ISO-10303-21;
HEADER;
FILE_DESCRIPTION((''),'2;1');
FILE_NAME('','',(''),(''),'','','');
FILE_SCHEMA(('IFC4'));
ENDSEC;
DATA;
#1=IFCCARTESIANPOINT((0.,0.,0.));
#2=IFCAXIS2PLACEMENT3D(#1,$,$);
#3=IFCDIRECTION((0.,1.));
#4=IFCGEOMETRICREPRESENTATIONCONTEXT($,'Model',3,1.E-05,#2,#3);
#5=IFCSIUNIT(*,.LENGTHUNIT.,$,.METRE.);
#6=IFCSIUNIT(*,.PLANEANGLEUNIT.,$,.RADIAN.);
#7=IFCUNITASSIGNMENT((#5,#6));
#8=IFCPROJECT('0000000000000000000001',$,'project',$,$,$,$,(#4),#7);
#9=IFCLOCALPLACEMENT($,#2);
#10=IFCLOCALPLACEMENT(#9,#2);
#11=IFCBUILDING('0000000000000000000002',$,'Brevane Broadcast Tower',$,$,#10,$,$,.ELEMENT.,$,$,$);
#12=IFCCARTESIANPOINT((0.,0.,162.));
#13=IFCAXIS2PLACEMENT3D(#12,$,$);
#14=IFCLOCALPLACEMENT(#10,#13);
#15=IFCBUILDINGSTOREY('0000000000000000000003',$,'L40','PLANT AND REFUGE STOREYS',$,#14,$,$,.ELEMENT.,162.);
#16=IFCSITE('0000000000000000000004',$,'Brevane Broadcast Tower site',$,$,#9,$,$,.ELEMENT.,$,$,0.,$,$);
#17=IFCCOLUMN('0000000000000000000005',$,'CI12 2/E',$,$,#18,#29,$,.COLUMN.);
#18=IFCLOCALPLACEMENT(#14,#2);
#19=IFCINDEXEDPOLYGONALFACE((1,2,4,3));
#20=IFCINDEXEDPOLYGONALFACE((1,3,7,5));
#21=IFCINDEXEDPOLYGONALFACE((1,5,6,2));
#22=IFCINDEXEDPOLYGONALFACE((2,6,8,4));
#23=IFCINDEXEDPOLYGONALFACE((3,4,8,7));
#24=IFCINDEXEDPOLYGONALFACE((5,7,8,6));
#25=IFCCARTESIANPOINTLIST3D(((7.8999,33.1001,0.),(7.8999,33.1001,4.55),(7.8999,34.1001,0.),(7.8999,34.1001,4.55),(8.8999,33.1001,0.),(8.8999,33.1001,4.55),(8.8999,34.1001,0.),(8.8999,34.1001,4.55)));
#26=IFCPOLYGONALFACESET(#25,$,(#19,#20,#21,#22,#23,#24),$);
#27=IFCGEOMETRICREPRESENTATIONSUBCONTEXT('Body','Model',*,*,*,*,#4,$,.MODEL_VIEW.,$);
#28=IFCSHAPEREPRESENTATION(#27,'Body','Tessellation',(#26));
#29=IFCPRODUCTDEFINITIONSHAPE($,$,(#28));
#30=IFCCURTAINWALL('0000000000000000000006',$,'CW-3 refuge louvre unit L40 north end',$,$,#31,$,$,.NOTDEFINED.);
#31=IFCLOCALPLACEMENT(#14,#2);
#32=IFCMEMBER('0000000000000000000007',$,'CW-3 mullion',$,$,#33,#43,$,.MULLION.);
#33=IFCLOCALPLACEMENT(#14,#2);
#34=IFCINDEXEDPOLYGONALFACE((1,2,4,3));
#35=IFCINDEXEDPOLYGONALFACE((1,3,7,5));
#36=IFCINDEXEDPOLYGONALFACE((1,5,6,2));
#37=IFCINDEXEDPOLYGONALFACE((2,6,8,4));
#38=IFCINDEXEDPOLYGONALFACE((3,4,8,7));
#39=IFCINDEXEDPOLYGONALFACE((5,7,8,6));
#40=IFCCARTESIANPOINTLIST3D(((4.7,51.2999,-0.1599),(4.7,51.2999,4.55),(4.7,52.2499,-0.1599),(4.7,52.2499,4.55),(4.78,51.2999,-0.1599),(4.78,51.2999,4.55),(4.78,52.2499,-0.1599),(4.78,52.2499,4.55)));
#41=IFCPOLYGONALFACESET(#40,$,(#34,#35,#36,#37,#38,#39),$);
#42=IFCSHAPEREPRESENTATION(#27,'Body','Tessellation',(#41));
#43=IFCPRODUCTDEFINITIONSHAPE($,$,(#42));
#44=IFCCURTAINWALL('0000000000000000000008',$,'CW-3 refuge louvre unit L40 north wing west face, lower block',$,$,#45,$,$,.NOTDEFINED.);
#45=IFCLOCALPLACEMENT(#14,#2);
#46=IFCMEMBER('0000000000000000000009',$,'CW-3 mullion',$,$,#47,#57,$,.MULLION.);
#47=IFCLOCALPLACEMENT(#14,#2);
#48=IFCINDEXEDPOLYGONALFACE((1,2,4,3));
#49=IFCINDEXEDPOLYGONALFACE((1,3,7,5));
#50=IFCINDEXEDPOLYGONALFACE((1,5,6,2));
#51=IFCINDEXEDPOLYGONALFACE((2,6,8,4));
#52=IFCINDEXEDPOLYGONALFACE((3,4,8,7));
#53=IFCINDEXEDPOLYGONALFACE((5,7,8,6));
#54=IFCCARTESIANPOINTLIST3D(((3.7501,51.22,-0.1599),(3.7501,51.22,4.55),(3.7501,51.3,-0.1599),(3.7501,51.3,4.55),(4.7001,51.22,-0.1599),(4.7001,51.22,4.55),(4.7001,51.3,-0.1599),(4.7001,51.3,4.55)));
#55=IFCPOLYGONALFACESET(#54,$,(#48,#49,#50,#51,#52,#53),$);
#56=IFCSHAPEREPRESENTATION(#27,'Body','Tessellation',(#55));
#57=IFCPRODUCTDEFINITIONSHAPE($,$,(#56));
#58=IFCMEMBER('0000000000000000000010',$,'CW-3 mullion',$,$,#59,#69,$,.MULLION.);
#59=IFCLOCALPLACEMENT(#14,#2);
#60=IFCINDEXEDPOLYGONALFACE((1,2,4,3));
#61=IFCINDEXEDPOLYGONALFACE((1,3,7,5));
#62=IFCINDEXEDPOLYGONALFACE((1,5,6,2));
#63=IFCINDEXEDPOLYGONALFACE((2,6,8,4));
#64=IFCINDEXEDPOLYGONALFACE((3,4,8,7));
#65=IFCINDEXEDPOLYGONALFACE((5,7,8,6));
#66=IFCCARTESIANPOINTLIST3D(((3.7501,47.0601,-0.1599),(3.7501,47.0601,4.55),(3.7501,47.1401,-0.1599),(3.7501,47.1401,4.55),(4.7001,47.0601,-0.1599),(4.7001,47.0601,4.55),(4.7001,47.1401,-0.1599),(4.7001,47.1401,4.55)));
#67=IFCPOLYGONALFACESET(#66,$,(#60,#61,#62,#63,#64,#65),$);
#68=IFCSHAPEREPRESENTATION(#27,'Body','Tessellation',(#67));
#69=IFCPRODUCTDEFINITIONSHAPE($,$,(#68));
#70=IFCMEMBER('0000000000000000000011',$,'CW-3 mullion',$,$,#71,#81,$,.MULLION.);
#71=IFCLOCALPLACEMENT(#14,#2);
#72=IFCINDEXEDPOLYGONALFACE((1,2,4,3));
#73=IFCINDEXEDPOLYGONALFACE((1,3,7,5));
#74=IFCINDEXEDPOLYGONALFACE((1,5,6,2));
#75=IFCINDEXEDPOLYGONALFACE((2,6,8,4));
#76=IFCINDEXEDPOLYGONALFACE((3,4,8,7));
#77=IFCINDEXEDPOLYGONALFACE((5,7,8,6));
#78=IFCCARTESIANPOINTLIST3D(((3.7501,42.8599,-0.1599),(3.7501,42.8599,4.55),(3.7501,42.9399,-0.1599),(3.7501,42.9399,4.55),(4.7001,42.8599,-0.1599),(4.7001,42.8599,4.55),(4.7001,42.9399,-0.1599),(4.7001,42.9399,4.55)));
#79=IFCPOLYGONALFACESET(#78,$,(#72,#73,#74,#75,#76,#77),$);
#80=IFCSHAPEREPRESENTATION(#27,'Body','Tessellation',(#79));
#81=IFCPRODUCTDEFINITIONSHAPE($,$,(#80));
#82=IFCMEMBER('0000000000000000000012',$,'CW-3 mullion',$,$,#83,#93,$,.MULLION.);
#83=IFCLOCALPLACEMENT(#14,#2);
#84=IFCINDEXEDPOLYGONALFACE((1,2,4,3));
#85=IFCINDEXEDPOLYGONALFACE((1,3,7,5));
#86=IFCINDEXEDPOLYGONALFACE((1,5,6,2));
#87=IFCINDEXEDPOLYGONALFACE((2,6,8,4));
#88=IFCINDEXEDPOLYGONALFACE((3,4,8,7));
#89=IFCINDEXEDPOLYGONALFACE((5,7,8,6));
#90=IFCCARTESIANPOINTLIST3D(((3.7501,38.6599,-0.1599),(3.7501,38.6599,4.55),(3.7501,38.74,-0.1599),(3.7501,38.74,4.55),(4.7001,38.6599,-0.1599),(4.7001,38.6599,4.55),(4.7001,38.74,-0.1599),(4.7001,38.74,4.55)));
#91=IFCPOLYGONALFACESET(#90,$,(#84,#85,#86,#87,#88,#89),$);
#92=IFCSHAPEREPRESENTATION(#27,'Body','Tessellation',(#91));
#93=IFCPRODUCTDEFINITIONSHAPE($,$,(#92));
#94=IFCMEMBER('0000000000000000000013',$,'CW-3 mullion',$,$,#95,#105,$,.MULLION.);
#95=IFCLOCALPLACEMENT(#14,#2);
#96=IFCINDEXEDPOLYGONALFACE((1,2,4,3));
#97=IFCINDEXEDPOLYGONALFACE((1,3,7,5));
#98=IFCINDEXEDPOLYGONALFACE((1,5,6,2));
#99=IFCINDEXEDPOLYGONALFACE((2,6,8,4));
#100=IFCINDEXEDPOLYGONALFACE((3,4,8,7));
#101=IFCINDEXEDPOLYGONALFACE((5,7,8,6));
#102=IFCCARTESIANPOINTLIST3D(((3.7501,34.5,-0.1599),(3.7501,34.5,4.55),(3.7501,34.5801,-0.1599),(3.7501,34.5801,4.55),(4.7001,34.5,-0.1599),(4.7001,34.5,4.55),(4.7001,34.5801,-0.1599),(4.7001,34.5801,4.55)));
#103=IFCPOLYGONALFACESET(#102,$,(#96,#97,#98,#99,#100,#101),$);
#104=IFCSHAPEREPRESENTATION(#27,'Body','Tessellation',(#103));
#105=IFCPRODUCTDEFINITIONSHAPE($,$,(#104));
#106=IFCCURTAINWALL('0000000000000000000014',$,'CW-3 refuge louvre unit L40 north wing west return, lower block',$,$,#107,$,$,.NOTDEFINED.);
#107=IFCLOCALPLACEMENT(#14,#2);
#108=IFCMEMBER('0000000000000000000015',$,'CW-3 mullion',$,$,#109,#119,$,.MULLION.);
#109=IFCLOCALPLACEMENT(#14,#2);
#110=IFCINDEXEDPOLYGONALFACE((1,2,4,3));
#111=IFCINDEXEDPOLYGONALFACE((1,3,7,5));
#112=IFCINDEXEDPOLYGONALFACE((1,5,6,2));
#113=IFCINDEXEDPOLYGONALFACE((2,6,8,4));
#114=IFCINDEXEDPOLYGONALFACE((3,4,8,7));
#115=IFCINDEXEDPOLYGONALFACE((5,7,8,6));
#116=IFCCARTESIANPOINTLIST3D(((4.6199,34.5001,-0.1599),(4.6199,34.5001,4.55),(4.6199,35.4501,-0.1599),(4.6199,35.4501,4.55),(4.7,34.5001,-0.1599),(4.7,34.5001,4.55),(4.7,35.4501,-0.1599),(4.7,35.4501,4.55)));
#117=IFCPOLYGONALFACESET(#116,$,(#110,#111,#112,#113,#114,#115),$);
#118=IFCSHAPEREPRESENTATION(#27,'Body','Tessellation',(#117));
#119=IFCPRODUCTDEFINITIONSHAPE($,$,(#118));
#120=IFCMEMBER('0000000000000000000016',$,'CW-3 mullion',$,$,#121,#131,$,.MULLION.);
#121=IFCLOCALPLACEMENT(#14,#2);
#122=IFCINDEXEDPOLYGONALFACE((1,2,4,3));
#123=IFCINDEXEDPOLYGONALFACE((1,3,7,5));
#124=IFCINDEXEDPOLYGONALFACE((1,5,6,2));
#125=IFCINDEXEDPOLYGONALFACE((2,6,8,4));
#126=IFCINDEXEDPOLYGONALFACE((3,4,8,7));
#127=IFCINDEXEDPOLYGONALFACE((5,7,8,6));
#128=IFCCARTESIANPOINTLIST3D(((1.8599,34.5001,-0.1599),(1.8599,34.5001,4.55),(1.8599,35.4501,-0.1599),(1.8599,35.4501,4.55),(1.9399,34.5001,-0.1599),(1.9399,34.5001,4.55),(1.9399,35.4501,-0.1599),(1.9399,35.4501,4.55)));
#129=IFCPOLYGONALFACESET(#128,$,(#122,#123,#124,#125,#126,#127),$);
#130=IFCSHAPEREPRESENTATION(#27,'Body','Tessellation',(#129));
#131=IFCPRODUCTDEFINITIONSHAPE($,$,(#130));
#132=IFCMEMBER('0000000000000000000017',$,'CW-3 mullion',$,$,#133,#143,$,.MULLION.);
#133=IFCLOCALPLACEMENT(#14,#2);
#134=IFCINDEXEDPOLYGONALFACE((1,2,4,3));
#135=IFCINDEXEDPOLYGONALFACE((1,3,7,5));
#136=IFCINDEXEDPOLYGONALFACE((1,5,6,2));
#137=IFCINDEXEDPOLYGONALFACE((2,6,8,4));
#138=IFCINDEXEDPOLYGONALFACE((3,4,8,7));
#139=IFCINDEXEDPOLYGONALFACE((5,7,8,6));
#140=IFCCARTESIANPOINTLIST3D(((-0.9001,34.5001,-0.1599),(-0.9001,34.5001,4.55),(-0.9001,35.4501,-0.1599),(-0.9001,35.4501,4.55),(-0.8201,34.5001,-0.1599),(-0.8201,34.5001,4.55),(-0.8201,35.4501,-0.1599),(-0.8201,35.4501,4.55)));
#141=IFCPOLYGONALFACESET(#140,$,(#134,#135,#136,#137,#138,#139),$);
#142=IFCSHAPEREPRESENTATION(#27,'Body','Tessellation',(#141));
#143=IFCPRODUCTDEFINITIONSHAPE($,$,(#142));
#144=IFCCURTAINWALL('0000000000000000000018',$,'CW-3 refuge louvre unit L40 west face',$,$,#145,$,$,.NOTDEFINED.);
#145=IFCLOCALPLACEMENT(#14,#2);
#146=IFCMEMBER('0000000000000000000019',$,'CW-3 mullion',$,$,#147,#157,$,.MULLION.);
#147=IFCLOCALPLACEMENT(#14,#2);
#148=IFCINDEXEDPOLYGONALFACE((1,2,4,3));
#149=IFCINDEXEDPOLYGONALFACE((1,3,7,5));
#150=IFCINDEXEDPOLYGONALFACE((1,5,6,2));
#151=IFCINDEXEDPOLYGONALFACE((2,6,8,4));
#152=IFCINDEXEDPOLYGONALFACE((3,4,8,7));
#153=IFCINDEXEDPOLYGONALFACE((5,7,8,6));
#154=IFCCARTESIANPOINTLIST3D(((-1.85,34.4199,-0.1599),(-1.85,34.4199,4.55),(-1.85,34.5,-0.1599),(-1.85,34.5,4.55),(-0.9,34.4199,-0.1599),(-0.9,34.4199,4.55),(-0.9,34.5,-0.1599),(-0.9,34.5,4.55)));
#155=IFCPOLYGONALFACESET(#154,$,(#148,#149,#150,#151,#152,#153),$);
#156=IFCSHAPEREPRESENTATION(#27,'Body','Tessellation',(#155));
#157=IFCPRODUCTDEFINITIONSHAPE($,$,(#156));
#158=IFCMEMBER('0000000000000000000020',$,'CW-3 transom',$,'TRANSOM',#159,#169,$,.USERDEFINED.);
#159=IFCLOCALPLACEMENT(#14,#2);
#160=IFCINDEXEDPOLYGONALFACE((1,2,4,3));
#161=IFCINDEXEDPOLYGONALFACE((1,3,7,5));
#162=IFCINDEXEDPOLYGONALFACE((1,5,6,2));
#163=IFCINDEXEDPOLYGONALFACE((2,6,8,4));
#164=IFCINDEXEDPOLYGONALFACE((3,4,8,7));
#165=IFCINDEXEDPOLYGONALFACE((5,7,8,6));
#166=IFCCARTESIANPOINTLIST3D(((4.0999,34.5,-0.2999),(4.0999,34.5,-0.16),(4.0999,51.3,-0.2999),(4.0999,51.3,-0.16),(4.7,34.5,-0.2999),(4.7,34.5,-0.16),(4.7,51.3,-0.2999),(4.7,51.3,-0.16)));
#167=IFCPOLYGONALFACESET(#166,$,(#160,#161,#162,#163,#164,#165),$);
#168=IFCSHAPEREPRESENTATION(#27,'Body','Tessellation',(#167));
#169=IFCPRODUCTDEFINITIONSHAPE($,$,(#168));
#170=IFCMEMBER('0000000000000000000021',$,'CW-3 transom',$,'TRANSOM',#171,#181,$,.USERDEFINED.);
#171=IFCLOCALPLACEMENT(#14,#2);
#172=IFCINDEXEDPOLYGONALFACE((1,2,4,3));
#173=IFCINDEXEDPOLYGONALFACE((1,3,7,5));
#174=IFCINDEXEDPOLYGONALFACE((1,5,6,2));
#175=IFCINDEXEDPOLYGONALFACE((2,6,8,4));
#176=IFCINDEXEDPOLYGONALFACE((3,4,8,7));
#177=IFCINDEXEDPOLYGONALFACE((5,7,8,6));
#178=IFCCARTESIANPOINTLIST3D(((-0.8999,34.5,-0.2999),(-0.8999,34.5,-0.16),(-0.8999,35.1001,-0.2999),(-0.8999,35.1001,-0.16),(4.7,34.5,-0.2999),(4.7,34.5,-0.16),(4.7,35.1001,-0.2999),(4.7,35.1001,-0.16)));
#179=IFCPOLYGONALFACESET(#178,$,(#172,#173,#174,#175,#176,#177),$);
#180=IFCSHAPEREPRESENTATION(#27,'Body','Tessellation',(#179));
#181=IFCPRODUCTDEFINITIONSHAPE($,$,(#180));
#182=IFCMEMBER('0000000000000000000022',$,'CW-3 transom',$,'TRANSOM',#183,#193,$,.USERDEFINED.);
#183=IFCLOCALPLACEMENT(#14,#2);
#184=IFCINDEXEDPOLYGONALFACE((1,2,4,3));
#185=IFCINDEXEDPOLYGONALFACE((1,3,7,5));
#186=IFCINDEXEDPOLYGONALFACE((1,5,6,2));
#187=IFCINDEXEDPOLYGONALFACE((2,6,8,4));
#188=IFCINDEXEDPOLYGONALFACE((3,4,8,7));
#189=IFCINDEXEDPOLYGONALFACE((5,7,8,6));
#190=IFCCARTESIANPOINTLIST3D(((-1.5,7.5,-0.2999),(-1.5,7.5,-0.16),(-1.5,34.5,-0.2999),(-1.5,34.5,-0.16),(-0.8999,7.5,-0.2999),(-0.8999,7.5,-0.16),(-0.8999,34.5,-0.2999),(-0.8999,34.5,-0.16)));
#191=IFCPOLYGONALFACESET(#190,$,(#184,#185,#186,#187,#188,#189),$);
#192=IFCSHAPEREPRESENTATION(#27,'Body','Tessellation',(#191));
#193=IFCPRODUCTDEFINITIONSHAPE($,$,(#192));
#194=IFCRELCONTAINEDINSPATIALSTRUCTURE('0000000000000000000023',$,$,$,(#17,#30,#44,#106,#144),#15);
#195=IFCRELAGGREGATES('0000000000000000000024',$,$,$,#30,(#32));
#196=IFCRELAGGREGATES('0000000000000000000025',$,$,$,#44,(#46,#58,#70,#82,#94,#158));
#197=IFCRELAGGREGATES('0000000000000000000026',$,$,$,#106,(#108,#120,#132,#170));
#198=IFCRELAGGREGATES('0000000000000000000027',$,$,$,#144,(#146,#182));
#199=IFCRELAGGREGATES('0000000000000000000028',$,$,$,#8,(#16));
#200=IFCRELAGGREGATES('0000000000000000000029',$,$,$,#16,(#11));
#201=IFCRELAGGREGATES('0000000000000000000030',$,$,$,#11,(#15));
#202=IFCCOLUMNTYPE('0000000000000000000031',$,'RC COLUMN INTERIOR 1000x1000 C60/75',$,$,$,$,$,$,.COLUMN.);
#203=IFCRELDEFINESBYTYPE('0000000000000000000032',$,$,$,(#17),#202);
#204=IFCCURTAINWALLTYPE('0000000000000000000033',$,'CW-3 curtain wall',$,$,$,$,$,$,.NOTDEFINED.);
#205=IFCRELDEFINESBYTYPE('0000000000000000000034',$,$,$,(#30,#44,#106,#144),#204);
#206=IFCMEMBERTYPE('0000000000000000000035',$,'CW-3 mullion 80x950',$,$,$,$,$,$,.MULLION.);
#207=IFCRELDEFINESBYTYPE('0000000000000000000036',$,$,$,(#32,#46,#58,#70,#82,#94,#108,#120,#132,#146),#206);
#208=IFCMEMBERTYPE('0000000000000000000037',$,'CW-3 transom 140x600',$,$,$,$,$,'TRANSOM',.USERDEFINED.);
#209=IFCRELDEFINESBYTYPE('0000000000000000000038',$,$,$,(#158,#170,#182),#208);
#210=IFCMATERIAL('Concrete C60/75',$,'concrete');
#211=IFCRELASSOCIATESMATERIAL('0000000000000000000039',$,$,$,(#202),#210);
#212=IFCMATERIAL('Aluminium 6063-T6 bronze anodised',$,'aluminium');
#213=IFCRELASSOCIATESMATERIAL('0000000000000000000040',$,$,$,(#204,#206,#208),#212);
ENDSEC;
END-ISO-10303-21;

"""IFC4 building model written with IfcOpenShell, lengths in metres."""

from ifc_helpers import new_model, si_unit, direction, frame, origin, origin_2d, place, context, subcontext, project, spatial, rectangle, extrude, material, material_profile, profile_set, type_object, element, aggregate, save


model = new_model("IFC4")

# Units and contexts
model_context = context("Model", 3, precision=1e-05, world=origin(), true_north=direction((0.0, 1.0)))
body_context = subcontext(model_context, "Body", "Model", "MODEL_VIEW")
ifc_project = project(units=[si_unit("LENGTHUNIT", "METRE"), si_unit("PLANEANGLEUNIT", "RADIAN")], contexts=[model_context])

# Site, building, storey
site_placement = place(None, origin())
site = spatial("IfcSite", under=ifc_project, at=site_placement, Name="Brevane Broadcast Tower site", CompositionType="ELEMENT", RefElevation=0.0)
building_placement = place(site_placement, origin())
building = spatial("IfcBuilding", under=site, at=building_placement, Name="Brevane Broadcast Tower", CompositionType="ELEMENT")
storey_placement = place(building_placement, frame((0.0, 0.0, 162.0)))
storey = spatial("IfcBuildingStorey", under=building, at=storey_placement, Name="L40", Description="PLANT AND REFUGE STOREYS", CompositionType="ELEMENT", Elevation=162.0)

# Column
ifc_material_1 = material(Name="Concrete C60/75", Category="concrete")
ifc_material_profile_1 = material_profile(ifc_material_1, rectangle(XDim=1.0, YDim=1.0, at=origin_2d()), Name="RC 1000x1000")
ifc_profile_set_1 = profile_set([ifc_material_profile_1], Name="Concrete C60/75")
column_type = type_object("IfcColumnType", Name="RC COLUMN INTERIOR 1000x1000 C60/75", PredefinedType="COLUMN", material=ifc_profile_set_1)
column_placement = place(storey_placement, frame((8.3999, 33.6001, 0.0), z_axis=(0.0, 0.0, 1.0), x_axis=(1.0, 0.0, 0.0)))
element("IfcColumn", 1, at=column_placement, inside=storey, type_object=column_type, Name="CI12 2/E", PredefinedType="COLUMN", context=body_context, shape_type="SweptSolid", body=[
    extrude(rectangle(XDim=1.0, YDim=1.0, at=origin_2d()), origin(), (0.0, 0.0, 1.0), 4.55),
])

# Curtain wall, member
ifc_material_2 = material(Name="Aluminium 6063-T6 bronze anodised", Category="aluminium")
curtain_wall_type = type_object("IfcCurtainWallType", Name="CW-3 curtain wall", PredefinedType="NOTDEFINED", material=ifc_material_2)
curtain_wall_1_placement = place(storey_placement, origin())
curtain_wall_1 = element("IfcCurtainWall", 2, at=curtain_wall_1_placement, inside=storey, type_object=curtain_wall_type, Name="CW-3 refuge louvre unit L40 north end", PredefinedType="NOTDEFINED")
ifc_material_profile_2 = material_profile(ifc_material_2, rectangle(XDim=0.95, YDim=0.0801, at=origin_2d()), Name="RECT 80x950")
ifc_profile_set_2 = profile_set([ifc_material_profile_2], Name="Aluminium 6063-T6 bronze anodised")
member_type_1 = type_object("IfcMemberType", Name="CW-3 mullion 80x950", PredefinedType="MULLION", material=ifc_profile_set_2)
member_1_placement = place(storey_placement, frame((4.74, 51.7749, -0.1599), z_axis=(0.0, 0.0, 1.0), x_axis=(0.0, -1.0, 0.0)))
member_1 = element("IfcMember", 3, at=member_1_placement, type_object=member_type_1, Name="CW-3 mullion", PredefinedType="MULLION", context=body_context, shape_type="SweptSolid", body=[
    extrude(rectangle(XDim=0.95, YDim=0.0801, at=origin_2d()), origin(), (0.0, 0.0, 1.0), 4.71),
])
aggregate(curtain_wall_1, [member_1])

# Curtain walls, members
curtain_wall_2_placement = place(storey_placement, origin())
curtain_wall_2 = element("IfcCurtainWall", 4, at=curtain_wall_2_placement, inside=storey, type_object=curtain_wall_type, Name="CW-3 refuge louvre unit L40 north wing west face, lower block", PredefinedType="NOTDEFINED")
member_2_placement = place(storey_placement, frame((4.2251, 51.26, -0.1599), z_axis=(0.0, 0.0, 1.0), x_axis=(1.0, 0.0, 0.0)))
member_2 = element("IfcMember", 5, at=member_2_placement, type_object=member_type_1, Name="CW-3 mullion", PredefinedType="MULLION", context=body_context, shape_type="SweptSolid", body=[
    extrude(rectangle(XDim=0.95, YDim=0.0801, at=origin_2d()), origin(), (0.0, 0.0, 1.0), 4.71),
])
member_3_placement = place(storey_placement, frame((4.2251, 47.1001, -0.1599), z_axis=(0.0, 0.0, 1.0), x_axis=(1.0, 0.0, 0.0)))
member_3 = element("IfcMember", 6, at=member_3_placement, type_object=member_type_1, Name="CW-3 mullion", PredefinedType="MULLION", context=body_context, shape_type="SweptSolid", body=[
    extrude(rectangle(XDim=0.95, YDim=0.0801, at=origin_2d()), origin(), (0.0, 0.0, 1.0), 4.71),
])
member_4_placement = place(storey_placement, frame((4.2251, 42.8999, -0.1599), z_axis=(0.0, 0.0, 1.0), x_axis=(1.0, 0.0, 0.0)))
member_4 = element("IfcMember", 7, at=member_4_placement, type_object=member_type_1, Name="CW-3 mullion", PredefinedType="MULLION", context=body_context, shape_type="SweptSolid", body=[
    extrude(rectangle(XDim=0.95, YDim=0.0801, at=origin_2d()), origin(), (0.0, 0.0, 1.0), 4.71),
])
member_5_placement = place(storey_placement, frame((4.2251, 38.7, -0.1599), z_axis=(0.0, 0.0, 1.0), x_axis=(1.0, 0.0, 0.0)))
member_5 = element("IfcMember", 8, at=member_5_placement, type_object=member_type_1, Name="CW-3 mullion", PredefinedType="MULLION", context=body_context, shape_type="SweptSolid", body=[
    extrude(rectangle(XDim=0.95, YDim=0.0801, at=origin_2d()), origin(), (0.0, 0.0, 1.0), 4.71),
])
member_6_placement = place(storey_placement, frame((4.2251, 34.54, -0.1599), z_axis=(0.0, 0.0, 1.0), x_axis=(1.0, 0.0, 0.0)))
member_6 = element("IfcMember", 9, at=member_6_placement, type_object=member_type_1, Name="CW-3 mullion", PredefinedType="MULLION", context=body_context, shape_type="SweptSolid", body=[
    extrude(rectangle(XDim=0.95, YDim=0.0801, at=origin_2d()), origin(), (0.0, 0.0, 1.0), 4.71),
])
curtain_wall_3_placement = place(storey_placement, origin())
curtain_wall_3 = element("IfcCurtainWall", 10, at=curtain_wall_3_placement, inside=storey, type_object=curtain_wall_type, Name="CW-3 refuge louvre unit L40 north wing west return, lower block", PredefinedType="NOTDEFINED")
member_7_placement = place(storey_placement, frame((4.6599, 34.9751, -0.1599), z_axis=(0.0, 0.0, 1.0), x_axis=(0.0, -1.0, 0.0)))
member_7 = element("IfcMember", 11, at=member_7_placement, type_object=member_type_1, Name="CW-3 mullion", PredefinedType="MULLION", context=body_context, shape_type="SweptSolid", body=[
    extrude(rectangle(XDim=0.95, YDim=0.0801, at=origin_2d()), origin(), (0.0, 0.0, 1.0), 4.71),
])
member_8_placement = place(storey_placement, frame((1.8999, 34.9751, -0.1599), z_axis=(0.0, 0.0, 1.0), x_axis=(0.0, -1.0, 0.0)))
member_8 = element("IfcMember", 12, at=member_8_placement, type_object=member_type_1, Name="CW-3 mullion", PredefinedType="MULLION", context=body_context, shape_type="SweptSolid", body=[
    extrude(rectangle(XDim=0.95, YDim=0.0801, at=origin_2d()), origin(), (0.0, 0.0, 1.0), 4.71),
])
member_9_placement = place(storey_placement, frame((-0.8601, 34.9751, -0.1599), z_axis=(0.0, 0.0, 1.0), x_axis=(0.0, -1.0, 0.0)))
member_9 = element("IfcMember", 13, at=member_9_placement, type_object=member_type_1, Name="CW-3 mullion", PredefinedType="MULLION", context=body_context, shape_type="SweptSolid", body=[
    extrude(rectangle(XDim=0.95, YDim=0.0801, at=origin_2d()), origin(), (0.0, 0.0, 1.0), 4.71),
])

# Curtain wall, member
curtain_wall_4_placement = place(storey_placement, origin())
curtain_wall_4 = element("IfcCurtainWall", 14, at=curtain_wall_4_placement, inside=storey, type_object=curtain_wall_type, Name="CW-3 refuge louvre unit L40 west face", PredefinedType="NOTDEFINED")
member_10_placement = place(storey_placement, frame((-1.375, 34.46, -0.1599), z_axis=(0.0, 0.0, 1.0), x_axis=(1.0, 0.0, 0.0)))
member_10 = element("IfcMember", 15, at=member_10_placement, type_object=member_type_1, Name="CW-3 mullion", PredefinedType="MULLION", context=body_context, shape_type="SweptSolid", body=[
    extrude(rectangle(XDim=0.95, YDim=0.0801, at=origin_2d()), origin(), (0.0, 0.0, 1.0), 4.71),
])

# Members
ifc_material_profile_3 = material_profile(ifc_material_2, rectangle(XDim=0.6001, YDim=0.1399, at=origin_2d()), Name="RECT 140x600")
ifc_profile_set_3 = profile_set([ifc_material_profile_3], Name="Aluminium 6063-T6 bronze anodised")
member_type_2 = type_object("IfcMemberType", Name="CW-3 transom 140x600", ElementType="TRANSOM", PredefinedType="USERDEFINED", material=ifc_profile_set_3)
member_11_placement = place(storey_placement, frame((4.3999, 51.3, -0.23), z_axis=(0.0, -1.0, 0.0), x_axis=(1.0, 0.0, 0.0)))
member_11 = element("IfcMember", 16, at=member_11_placement, type_object=member_type_2, Name="CW-3 transom", ObjectType="TRANSOM", PredefinedType="USERDEFINED", context=body_context, shape_type="SweptSolid", body=[
    extrude(rectangle(XDim=0.6001, YDim=0.1399, at=origin_2d()), origin(), (0.0, 0.0, 1.0), 16.8),
])
aggregate(curtain_wall_2, [member_2, member_3, member_4, member_5, member_6, member_11])
member_12_placement = place(storey_placement, frame((4.7, 34.8, -0.23), z_axis=(-1.0, 0.0, 0.0), x_axis=(0.0, -1.0, 0.0)))
member_12 = element("IfcMember", 17, at=member_12_placement, type_object=member_type_2, Name="CW-3 transom", ObjectType="TRANSOM", PredefinedType="USERDEFINED", context=body_context, shape_type="SweptSolid", body=[
    extrude(rectangle(XDim=0.6001, YDim=0.1399, at=origin_2d()), origin(), (0.0, 0.0, 1.0), 5.5999),
])
aggregate(curtain_wall_3, [member_7, member_8, member_9, member_12])
member_13_placement = place(storey_placement, frame((-1.2, 34.5, -0.23), z_axis=(0.0, -1.0, 0.0), x_axis=(1.0, 0.0, 0.0)))
member_13 = element("IfcMember", 18, at=member_13_placement, type_object=member_type_2, Name="CW-3 transom", ObjectType="TRANSOM", PredefinedType="USERDEFINED", context=body_context, shape_type="SweptSolid", body=[
    extrude(rectangle(XDim=0.6001, YDim=0.1399, at=origin_2d()), origin(), (0.0, 0.0, 1.0), 27.0),
])
aggregate(curtain_wall_4, [member_10, member_13])

save(model, "model.ifc")
